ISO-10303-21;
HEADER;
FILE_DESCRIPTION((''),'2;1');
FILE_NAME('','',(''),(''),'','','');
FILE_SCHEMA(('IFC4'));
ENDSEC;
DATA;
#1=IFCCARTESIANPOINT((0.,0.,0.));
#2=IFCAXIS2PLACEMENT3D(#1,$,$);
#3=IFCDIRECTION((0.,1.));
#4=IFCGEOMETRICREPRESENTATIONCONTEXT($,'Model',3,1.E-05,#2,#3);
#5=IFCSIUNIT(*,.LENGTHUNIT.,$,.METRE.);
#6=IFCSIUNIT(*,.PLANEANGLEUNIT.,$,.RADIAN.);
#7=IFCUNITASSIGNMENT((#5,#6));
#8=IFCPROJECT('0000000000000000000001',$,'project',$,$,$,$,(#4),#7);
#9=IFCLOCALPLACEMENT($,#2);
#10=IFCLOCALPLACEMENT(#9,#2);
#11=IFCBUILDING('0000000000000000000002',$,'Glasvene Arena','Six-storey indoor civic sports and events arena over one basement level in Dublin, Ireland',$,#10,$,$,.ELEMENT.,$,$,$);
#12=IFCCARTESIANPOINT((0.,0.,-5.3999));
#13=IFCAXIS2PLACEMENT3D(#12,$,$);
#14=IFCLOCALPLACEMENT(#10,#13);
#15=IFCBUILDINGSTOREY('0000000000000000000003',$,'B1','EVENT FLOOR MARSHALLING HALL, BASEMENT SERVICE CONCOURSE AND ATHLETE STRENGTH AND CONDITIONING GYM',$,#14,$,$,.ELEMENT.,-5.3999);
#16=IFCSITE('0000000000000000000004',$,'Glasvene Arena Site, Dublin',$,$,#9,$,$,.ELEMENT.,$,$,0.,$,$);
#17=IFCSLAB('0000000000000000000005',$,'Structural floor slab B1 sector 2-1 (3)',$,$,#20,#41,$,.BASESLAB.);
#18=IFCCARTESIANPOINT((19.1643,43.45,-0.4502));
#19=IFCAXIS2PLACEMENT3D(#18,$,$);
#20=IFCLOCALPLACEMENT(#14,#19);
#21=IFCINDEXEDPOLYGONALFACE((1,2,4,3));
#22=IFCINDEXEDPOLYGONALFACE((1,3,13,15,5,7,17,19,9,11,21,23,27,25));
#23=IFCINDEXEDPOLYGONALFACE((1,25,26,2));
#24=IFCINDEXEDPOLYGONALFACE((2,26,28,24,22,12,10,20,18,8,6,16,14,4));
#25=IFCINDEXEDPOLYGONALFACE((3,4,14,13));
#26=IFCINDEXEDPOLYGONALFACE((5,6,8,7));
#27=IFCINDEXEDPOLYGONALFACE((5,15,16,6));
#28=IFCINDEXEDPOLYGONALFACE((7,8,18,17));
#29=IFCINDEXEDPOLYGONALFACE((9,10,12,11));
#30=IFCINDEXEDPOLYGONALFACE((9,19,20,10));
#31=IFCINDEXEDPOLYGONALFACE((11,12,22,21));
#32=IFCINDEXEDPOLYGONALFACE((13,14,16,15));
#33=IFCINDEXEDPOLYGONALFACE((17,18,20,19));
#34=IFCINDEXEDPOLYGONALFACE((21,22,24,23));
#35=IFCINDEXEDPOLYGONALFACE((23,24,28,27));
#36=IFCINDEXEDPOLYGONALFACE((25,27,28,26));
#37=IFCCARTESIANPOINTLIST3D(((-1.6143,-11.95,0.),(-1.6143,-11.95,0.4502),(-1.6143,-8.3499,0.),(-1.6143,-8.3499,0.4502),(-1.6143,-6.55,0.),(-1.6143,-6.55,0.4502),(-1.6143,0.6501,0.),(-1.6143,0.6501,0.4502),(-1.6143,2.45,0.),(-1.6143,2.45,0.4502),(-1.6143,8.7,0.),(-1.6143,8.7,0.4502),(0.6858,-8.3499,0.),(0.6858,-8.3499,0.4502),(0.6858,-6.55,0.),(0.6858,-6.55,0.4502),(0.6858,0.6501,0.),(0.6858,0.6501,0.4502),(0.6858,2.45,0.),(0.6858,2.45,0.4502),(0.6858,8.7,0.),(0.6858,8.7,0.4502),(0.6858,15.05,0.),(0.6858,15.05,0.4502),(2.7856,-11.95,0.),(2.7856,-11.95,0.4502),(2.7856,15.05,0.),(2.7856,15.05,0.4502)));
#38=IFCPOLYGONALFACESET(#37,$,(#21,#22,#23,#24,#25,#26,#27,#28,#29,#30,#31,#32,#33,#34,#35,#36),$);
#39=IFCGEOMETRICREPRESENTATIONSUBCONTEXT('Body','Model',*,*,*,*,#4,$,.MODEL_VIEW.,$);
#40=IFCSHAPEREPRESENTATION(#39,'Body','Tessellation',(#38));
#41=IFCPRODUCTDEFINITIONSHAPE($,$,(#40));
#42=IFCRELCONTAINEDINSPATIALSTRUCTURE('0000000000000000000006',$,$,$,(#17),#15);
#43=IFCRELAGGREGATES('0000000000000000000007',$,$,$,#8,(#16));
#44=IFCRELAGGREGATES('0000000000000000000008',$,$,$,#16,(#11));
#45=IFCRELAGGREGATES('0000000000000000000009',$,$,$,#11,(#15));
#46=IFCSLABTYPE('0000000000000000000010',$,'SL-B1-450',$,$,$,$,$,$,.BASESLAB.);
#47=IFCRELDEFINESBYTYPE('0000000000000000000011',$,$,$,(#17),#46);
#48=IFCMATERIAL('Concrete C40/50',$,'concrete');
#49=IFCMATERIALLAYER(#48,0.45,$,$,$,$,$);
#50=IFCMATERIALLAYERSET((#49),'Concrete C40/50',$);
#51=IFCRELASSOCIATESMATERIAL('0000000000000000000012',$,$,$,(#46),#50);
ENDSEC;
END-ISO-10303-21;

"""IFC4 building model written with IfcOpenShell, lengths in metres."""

from ifc_helpers import new_model, si_unit, direction, frame, origin, place, context, subcontext, project, spatial, polyline, outline, extrude, material, layer, layer_set, type_object, element, save


model = new_model("IFC4")

# Units and contexts
model_context = context("Model", 3, precision=1e-05, world=origin(), true_north=direction((0.0, 1.0)))
body_context = subcontext(model_context, "Body", "Model", "MODEL_VIEW")
ifc_project = project(units=[si_unit("LENGTHUNIT", "METRE"), si_unit("PLANEANGLEUNIT", "RADIAN")], contexts=[model_context])

# Site, building, storey
site_placement = place(None, origin())
site = spatial("IfcSite", under=ifc_project, at=site_placement, Name="Glasvene Arena Site, Dublin", CompositionType="ELEMENT", RefElevation=0.0)
building_placement = place(site_placement, origin())
building = spatial("IfcBuilding", under=site, at=building_placement, Name="Glasvene Arena", Description="Six-storey indoor civic sports and events arena over one basement level in Dublin, Ireland", CompositionType="ELEMENT")
storey_placement = place(building_placement, frame((0.0, 0.0, -5.3999)))
storey = spatial("IfcBuildingStorey", under=building, at=storey_placement, Name="B1", Description="EVENT FLOOR MARSHALLING HALL, BASEMENT SERVICE CONCOURSE AND ATHLETE STRENGTH AND CONDITIONING GYM", CompositionType="ELEMENT", Elevation=-5.3999)

# Shared definitions
ifc_material_1 = material(Name="Concrete C40/50", Category="concrete")

# Slab
ifc_layer_1 = layer(ifc_material_1, 0.45)
ifc_layer_set_1 = layer_set([ifc_layer_1], Name="Concrete C40/50")
slab_type_1 = type_object("IfcSlabType", Name="SL-B1-450", PredefinedType="BASESLAB", material=ifc_layer_set_1)
slab_1_placement = place(storey_placement, frame((19.1643, 43.45, -0.4502)))
element("IfcSlab", 1, at=slab_1_placement, inside=storey, type_object=slab_type_1, Name="Structural floor slab B1 sector 2-1 (3)", PredefinedType="BASESLAB", context=body_context, shape_type="SweptSolid", body=[
    extrude(outline(polyline([(2.7856, -11.95), (-1.6143, -11.95), (-1.6143, -8.3499), (0.6858, -8.3499), (0.6858, -6.55), (-1.6143, -6.55), (-1.6143, 0.6501), (0.6858, 0.6501), (0.6858, 2.45), (-1.6143, 2.45), (-1.6143, 8.7), (0.6858, 8.7), (0.6858, 15.05), (2.7856, 15.05), (2.7856, -11.95)])), origin(), (0.0, 0.0, 1.0), 0.4502),
])

save(model, "model.ifc")
